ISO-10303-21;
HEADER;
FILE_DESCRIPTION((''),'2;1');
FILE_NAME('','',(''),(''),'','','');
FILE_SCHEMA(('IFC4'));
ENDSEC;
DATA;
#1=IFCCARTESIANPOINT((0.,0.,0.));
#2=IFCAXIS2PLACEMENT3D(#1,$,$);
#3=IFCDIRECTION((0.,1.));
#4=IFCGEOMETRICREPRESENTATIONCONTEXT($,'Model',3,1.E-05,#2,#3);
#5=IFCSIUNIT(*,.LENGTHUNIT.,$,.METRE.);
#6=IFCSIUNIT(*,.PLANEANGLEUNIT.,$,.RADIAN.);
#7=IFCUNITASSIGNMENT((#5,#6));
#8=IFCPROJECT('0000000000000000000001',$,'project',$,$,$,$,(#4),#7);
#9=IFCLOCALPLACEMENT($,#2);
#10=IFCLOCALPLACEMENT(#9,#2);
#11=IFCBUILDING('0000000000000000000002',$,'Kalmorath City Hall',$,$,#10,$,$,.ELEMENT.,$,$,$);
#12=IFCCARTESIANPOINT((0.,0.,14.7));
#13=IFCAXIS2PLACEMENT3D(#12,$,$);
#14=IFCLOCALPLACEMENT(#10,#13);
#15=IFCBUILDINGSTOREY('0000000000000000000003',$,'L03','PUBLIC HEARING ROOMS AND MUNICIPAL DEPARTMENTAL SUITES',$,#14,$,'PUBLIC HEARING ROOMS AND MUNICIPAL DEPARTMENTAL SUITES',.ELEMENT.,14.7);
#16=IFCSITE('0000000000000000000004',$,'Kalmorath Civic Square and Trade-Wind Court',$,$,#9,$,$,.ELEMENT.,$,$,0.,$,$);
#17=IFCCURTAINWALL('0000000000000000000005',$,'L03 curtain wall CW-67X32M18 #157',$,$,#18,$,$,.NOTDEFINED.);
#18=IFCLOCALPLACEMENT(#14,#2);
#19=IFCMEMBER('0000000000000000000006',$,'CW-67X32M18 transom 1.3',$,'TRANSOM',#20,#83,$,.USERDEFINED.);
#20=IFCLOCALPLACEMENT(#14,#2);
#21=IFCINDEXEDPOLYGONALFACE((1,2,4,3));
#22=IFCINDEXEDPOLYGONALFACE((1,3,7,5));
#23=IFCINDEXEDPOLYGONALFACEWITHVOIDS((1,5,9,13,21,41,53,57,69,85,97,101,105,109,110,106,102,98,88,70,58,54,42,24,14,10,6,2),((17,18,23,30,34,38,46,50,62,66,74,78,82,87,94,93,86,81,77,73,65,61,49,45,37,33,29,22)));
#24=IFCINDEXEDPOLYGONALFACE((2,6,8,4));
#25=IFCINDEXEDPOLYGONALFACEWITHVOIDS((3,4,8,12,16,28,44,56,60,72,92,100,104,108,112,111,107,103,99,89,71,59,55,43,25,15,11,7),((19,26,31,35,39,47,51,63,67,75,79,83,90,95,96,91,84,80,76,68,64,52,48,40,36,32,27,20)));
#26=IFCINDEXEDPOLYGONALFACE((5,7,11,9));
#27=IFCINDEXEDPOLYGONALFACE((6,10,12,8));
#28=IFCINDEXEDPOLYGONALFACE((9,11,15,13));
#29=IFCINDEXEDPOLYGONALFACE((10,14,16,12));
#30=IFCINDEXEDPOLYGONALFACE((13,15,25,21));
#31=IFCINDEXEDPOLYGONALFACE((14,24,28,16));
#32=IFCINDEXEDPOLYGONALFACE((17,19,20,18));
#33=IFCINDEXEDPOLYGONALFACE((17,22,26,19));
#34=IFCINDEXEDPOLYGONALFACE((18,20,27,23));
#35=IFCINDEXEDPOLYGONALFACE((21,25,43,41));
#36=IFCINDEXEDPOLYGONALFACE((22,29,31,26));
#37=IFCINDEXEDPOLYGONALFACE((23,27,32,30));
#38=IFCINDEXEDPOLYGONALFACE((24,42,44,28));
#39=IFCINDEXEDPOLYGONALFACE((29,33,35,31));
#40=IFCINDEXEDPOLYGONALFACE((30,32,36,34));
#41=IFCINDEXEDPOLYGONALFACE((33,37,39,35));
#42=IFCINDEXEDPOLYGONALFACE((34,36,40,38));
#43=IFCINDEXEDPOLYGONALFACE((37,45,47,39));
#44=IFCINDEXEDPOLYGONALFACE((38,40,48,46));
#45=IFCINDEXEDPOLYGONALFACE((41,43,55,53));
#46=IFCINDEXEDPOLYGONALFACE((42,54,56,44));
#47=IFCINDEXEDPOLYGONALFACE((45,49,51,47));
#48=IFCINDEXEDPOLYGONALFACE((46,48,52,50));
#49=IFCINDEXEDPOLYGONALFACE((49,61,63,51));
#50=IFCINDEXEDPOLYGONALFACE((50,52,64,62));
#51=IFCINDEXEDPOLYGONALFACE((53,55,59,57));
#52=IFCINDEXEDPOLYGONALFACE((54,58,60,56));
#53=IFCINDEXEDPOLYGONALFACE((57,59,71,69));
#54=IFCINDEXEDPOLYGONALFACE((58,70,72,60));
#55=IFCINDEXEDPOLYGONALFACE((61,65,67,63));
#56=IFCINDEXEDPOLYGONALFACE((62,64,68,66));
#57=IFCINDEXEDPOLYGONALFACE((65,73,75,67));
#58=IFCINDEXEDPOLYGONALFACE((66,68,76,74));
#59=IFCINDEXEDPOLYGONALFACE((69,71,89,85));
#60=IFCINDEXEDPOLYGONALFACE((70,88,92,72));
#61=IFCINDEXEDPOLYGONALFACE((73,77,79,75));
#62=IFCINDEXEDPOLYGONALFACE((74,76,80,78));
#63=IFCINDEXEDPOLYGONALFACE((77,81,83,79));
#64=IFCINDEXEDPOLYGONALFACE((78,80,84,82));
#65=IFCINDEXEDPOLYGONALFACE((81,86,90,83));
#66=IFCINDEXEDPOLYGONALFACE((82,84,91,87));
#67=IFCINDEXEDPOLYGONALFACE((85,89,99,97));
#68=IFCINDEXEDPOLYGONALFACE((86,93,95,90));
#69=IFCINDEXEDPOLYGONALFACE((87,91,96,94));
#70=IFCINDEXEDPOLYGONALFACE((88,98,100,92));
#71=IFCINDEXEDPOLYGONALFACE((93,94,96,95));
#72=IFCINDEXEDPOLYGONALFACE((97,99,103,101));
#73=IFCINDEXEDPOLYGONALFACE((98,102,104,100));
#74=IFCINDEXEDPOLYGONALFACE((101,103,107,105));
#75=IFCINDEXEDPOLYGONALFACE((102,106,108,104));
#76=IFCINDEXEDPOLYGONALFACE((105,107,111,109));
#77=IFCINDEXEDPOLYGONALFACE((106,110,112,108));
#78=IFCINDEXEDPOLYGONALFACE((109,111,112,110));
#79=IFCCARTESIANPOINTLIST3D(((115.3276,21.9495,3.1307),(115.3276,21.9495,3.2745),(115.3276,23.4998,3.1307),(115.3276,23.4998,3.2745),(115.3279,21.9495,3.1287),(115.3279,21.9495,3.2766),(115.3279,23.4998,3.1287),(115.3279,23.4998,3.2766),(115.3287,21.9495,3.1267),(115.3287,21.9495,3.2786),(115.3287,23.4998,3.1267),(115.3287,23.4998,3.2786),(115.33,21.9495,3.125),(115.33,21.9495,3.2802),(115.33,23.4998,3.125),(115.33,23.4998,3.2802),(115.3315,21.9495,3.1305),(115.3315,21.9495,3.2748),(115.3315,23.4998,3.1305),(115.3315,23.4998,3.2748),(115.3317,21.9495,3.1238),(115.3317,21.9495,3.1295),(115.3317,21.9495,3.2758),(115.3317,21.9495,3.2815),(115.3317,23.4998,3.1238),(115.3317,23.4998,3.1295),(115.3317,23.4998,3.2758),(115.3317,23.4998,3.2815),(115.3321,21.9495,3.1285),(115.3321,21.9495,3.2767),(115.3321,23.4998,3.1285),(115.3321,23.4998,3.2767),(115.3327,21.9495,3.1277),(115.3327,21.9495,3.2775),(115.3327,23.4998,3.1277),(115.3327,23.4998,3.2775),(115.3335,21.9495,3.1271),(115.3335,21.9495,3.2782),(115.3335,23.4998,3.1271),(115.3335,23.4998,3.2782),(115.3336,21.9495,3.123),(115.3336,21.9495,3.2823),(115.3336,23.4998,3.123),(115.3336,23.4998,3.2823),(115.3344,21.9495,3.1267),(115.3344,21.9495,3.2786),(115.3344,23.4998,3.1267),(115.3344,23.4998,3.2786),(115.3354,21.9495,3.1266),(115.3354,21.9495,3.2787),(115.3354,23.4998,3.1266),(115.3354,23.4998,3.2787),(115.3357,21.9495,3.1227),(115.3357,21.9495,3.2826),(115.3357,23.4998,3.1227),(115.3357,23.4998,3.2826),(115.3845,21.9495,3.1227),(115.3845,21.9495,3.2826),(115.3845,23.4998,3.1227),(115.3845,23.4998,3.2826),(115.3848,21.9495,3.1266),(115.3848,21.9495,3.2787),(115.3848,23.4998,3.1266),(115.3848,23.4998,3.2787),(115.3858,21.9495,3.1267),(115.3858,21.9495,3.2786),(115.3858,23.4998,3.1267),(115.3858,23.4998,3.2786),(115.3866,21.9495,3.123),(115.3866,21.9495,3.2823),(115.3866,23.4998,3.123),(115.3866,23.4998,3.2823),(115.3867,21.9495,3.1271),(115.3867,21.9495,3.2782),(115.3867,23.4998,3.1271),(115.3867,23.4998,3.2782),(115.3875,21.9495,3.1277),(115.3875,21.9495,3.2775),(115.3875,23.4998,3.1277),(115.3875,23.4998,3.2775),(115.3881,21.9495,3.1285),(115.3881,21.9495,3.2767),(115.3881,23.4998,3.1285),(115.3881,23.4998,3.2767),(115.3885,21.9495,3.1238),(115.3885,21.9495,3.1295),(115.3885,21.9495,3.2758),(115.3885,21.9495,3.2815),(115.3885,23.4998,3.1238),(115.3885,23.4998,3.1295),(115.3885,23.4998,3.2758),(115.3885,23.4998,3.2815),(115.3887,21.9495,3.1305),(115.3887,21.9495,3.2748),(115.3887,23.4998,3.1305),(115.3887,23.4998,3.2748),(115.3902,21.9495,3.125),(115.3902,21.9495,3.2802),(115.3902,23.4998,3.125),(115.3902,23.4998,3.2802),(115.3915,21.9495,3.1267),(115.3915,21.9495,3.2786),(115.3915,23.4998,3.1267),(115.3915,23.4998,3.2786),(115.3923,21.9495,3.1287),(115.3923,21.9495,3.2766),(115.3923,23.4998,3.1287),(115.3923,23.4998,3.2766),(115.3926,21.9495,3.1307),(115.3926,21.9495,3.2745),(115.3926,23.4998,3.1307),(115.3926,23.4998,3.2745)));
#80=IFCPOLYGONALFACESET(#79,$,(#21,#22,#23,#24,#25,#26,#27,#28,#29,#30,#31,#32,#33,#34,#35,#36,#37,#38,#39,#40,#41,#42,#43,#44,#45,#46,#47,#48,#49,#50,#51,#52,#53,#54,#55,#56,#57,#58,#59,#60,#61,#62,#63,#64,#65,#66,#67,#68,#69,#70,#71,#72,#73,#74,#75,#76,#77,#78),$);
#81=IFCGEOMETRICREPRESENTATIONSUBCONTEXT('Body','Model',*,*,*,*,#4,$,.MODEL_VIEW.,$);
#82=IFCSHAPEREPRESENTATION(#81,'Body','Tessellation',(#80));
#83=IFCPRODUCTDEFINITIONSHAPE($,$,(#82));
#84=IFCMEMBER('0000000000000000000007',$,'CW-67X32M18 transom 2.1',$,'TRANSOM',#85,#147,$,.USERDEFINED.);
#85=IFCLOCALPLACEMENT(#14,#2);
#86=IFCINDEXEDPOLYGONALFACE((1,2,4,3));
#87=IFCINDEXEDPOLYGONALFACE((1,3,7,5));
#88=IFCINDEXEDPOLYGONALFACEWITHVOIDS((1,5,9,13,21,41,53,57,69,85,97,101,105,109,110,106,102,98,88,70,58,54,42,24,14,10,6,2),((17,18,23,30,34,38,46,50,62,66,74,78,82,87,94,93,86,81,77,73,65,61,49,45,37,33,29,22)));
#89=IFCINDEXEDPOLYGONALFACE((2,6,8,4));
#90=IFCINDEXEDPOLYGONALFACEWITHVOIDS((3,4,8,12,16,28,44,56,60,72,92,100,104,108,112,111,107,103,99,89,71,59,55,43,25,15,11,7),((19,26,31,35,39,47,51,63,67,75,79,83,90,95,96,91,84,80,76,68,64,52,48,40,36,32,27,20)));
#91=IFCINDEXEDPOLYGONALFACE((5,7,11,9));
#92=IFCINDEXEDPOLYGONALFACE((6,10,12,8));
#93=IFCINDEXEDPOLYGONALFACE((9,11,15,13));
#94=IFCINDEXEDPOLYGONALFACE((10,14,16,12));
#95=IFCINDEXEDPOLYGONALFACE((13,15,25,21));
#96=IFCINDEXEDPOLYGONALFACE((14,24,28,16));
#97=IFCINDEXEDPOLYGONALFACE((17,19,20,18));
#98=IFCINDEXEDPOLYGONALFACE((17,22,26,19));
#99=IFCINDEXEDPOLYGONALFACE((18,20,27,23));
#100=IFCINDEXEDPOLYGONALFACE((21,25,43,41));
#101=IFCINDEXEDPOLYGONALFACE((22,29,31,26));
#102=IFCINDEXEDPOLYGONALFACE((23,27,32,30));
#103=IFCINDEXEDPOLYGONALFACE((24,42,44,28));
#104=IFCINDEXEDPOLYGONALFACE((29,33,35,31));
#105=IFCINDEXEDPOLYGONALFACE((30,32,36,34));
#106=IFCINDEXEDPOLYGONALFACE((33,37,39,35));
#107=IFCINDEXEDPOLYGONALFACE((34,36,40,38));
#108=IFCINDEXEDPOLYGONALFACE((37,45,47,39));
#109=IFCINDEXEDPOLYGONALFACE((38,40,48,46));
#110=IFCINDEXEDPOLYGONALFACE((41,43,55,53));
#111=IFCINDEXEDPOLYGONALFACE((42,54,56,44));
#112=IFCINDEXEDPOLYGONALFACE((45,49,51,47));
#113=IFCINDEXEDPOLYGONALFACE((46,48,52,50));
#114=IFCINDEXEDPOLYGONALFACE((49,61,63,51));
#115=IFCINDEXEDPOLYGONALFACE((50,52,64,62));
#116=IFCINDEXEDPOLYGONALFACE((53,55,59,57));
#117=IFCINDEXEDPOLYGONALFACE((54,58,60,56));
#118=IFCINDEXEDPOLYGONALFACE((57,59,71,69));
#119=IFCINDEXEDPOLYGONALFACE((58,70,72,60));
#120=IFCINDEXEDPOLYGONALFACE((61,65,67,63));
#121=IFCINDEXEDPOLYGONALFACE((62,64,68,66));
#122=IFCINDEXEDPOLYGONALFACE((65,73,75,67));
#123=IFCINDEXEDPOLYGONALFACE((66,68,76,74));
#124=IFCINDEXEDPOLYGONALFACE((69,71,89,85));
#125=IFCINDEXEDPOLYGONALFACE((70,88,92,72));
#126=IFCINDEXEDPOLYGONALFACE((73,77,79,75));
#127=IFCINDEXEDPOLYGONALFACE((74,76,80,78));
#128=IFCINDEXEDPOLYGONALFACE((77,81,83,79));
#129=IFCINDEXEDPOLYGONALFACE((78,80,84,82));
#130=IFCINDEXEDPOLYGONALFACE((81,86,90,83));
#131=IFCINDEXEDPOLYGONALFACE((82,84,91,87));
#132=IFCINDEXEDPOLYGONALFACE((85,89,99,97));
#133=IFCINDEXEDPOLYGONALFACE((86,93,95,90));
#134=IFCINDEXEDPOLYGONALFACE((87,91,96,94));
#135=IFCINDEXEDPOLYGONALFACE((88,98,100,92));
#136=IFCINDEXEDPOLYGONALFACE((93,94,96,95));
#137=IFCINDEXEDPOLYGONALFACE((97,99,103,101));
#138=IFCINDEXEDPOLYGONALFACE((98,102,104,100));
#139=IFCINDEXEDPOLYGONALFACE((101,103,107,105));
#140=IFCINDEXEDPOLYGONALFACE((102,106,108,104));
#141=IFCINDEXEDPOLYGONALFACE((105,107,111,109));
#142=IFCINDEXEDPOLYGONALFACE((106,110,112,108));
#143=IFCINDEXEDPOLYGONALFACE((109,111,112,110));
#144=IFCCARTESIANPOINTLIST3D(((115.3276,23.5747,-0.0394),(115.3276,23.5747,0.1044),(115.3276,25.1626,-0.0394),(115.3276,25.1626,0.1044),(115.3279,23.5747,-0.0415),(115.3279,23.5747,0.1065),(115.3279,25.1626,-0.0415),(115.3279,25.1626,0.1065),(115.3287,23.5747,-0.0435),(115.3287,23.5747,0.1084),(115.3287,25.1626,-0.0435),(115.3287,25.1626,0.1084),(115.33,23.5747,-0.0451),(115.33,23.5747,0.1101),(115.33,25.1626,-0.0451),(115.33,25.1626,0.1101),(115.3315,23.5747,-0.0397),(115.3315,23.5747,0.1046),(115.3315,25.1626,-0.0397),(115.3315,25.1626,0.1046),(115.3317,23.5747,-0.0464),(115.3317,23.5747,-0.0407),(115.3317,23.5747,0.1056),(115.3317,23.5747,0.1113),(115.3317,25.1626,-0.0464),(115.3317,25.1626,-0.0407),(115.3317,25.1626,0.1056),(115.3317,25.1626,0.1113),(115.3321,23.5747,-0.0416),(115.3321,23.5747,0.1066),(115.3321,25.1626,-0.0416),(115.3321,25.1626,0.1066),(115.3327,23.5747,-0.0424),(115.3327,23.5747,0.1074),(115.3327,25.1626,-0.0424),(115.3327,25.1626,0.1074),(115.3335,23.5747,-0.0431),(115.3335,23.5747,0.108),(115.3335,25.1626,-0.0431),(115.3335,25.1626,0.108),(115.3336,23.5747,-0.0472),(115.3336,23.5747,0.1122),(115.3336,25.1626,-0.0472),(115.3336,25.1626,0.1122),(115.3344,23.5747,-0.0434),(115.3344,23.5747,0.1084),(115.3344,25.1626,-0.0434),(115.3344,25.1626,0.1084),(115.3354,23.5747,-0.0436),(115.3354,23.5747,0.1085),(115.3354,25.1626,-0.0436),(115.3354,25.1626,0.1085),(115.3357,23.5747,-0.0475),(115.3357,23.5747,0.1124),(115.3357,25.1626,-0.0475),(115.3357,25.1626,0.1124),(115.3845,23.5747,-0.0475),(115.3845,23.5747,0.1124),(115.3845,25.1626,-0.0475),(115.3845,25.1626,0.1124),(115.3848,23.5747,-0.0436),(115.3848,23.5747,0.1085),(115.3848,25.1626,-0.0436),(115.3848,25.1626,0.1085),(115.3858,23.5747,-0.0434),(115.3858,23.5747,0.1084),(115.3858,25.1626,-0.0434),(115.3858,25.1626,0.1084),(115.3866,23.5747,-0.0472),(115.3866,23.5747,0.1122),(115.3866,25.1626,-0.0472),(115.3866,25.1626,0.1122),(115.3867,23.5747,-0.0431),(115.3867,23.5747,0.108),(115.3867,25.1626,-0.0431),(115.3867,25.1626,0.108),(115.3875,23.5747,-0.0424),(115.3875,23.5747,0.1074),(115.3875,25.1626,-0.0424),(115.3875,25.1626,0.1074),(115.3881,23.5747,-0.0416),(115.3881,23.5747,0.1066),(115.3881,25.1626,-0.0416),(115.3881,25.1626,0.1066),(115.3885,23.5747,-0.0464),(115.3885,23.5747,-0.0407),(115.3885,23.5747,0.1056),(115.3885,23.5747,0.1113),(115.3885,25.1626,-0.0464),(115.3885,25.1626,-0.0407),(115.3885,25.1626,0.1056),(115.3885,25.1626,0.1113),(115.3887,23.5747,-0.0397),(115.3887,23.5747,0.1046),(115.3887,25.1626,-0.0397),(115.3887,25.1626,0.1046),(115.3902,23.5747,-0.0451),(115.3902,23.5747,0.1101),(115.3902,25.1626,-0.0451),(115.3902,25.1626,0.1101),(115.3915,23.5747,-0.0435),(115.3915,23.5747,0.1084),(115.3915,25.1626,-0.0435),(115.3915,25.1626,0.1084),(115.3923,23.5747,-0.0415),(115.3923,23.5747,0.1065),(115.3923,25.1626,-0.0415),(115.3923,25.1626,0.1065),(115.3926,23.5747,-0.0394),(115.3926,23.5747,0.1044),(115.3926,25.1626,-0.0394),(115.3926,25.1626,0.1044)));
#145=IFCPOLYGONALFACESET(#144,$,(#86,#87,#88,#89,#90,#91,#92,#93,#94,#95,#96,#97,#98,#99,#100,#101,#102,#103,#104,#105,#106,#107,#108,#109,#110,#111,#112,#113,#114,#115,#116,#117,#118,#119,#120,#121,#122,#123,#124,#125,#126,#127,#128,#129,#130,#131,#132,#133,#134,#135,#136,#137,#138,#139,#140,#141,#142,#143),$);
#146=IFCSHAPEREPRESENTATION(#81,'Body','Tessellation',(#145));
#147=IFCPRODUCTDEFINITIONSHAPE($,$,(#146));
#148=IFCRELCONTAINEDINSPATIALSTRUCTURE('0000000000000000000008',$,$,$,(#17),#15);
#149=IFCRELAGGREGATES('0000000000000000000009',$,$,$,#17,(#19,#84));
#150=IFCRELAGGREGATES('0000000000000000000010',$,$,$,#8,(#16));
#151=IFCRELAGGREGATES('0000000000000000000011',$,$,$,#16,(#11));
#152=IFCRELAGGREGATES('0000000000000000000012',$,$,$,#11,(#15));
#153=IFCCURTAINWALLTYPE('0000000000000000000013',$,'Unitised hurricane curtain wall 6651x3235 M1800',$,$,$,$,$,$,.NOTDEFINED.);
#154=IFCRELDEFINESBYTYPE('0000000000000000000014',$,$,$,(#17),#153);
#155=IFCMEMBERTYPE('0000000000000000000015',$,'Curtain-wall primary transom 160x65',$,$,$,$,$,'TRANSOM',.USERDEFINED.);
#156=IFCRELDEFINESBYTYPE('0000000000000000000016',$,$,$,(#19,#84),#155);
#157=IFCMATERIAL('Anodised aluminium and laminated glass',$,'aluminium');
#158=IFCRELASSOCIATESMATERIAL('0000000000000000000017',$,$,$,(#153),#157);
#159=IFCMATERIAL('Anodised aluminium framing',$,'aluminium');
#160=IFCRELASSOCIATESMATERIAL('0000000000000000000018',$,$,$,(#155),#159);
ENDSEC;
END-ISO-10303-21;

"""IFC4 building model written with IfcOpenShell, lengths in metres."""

from ifc_helpers import new_model, si_unit, direction, frame, origin, origin_2d, place, context, subcontext, project, spatial, hollow_rectangle, extrude, material, material_profile, profile_set, type_object, element, aggregate, save


model = new_model("IFC4")

# Units and contexts
model_context = context("Model", 3, precision=1e-05, world=origin(), true_north=direction((0.0, 1.0)))
body_context = subcontext(model_context, "Body", "Model", "MODEL_VIEW")
ifc_project = project(units=[si_unit("LENGTHUNIT", "METRE"), si_unit("PLANEANGLEUNIT", "RADIAN")], contexts=[model_context])

# Site, building, storey
site_placement = place(None, origin())
site = spatial("IfcSite", under=ifc_project, at=site_placement, Name="Kalmorath Civic Square and Trade-Wind Court", CompositionType="ELEMENT", RefElevation=0.0)
building_placement = place(site_placement, origin())
building = spatial("IfcBuilding", under=site, at=building_placement, Name="Kalmorath City Hall", CompositionType="ELEMENT")
storey_placement = place(building_placement, frame((0.0, 0.0, 14.7)))
storey = spatial("IfcBuildingStorey", under=building, at=storey_placement, Name="L03", Description="PUBLIC HEARING ROOMS AND MUNICIPAL DEPARTMENTAL SUITES", LongName="PUBLIC HEARING ROOMS AND MUNICIPAL DEPARTMENTAL SUITES", CompositionType="ELEMENT", Elevation=14.7)

# Curtain wall
ifc_material_1 = material(Name="Anodised aluminium and laminated glass", Category="aluminium")
curtain_wall_type_1 = type_object("IfcCurtainWallType", Name="Unitised hurricane curtain wall 6651x3235 M1800", PredefinedType="NOTDEFINED", material=ifc_material_1)
curtain_wall_1_placement = place(storey_placement, origin())
curtain_wall_1 = element("IfcCurtainWall", 1, at=curtain_wall_1_placement, inside=storey, type_object=curtain_wall_type_1, Name="L03 curtain wall CW-67X32M18 #157", PredefinedType="NOTDEFINED")

# Members
ifc_material_2 = material(Name="Anodised aluminium framing", Category="aluminium")
ifc_material_profile_1 = material_profile(ifc_material_2, hollow_rectangle(XDim=0.0649, YDim=0.1599, WallThickness=0.0039, InnerFilletRadius=0.0039, OuterFilletRadius=0.0081, at=origin_2d()), Name="ALU-TRN-160X65X4")
ifc_profile_set_1 = profile_set([ifc_material_profile_1], Name="Anodised aluminium framing")
member_type_1 = type_object("IfcMemberType", Name="Curtain-wall primary transom 160x65", ElementType="TRANSOM", PredefinedType="USERDEFINED", material=ifc_profile_set_1)
member_1_placement = place(storey_placement, frame((115.3601, 21.9495, 3.2026), z_axis=(0.0, 1.0, 0.0), x_axis=(-1.0, 0.0, 0.0)))
member_1 = element("IfcMember", 2, at=member_1_placement, type_object=member_type_1, Name="CW-67X32M18 transom 1.3", ObjectType="TRANSOM", PredefinedType="USERDEFINED", context=body_context, shape_type="SweptSolid", body=[
    extrude(hollow_rectangle(XDim=0.0649, YDim=0.1599, WallThickness=0.0039, InnerFilletRadius=0.0039, OuterFilletRadius=0.0081, at=origin_2d()), origin(), (0.0, 0.0, 1.0), 1.5503),
])
member_2_placement = place(storey_placement, frame((115.3601, 23.5747, 0.0325), z_axis=(0.0, 1.0, 0.0), x_axis=(-1.0, 0.0, 0.0)))
member_2 = element("IfcMember", 3, at=member_2_placement, type_object=member_type_1, Name="CW-67X32M18 transom 2.1", ObjectType="TRANSOM", PredefinedType="USERDEFINED", context=body_context, shape_type="SweptSolid", body=[
    extrude(hollow_rectangle(XDim=0.0649, YDim=0.1599, WallThickness=0.0039, InnerFilletRadius=0.0039, OuterFilletRadius=0.0081, at=origin_2d()), origin(), (0.0, 0.0, 1.0), 1.5879),
])

aggregate(curtain_wall_1, [member_1, member_2])

save(model, "model.ifc")
